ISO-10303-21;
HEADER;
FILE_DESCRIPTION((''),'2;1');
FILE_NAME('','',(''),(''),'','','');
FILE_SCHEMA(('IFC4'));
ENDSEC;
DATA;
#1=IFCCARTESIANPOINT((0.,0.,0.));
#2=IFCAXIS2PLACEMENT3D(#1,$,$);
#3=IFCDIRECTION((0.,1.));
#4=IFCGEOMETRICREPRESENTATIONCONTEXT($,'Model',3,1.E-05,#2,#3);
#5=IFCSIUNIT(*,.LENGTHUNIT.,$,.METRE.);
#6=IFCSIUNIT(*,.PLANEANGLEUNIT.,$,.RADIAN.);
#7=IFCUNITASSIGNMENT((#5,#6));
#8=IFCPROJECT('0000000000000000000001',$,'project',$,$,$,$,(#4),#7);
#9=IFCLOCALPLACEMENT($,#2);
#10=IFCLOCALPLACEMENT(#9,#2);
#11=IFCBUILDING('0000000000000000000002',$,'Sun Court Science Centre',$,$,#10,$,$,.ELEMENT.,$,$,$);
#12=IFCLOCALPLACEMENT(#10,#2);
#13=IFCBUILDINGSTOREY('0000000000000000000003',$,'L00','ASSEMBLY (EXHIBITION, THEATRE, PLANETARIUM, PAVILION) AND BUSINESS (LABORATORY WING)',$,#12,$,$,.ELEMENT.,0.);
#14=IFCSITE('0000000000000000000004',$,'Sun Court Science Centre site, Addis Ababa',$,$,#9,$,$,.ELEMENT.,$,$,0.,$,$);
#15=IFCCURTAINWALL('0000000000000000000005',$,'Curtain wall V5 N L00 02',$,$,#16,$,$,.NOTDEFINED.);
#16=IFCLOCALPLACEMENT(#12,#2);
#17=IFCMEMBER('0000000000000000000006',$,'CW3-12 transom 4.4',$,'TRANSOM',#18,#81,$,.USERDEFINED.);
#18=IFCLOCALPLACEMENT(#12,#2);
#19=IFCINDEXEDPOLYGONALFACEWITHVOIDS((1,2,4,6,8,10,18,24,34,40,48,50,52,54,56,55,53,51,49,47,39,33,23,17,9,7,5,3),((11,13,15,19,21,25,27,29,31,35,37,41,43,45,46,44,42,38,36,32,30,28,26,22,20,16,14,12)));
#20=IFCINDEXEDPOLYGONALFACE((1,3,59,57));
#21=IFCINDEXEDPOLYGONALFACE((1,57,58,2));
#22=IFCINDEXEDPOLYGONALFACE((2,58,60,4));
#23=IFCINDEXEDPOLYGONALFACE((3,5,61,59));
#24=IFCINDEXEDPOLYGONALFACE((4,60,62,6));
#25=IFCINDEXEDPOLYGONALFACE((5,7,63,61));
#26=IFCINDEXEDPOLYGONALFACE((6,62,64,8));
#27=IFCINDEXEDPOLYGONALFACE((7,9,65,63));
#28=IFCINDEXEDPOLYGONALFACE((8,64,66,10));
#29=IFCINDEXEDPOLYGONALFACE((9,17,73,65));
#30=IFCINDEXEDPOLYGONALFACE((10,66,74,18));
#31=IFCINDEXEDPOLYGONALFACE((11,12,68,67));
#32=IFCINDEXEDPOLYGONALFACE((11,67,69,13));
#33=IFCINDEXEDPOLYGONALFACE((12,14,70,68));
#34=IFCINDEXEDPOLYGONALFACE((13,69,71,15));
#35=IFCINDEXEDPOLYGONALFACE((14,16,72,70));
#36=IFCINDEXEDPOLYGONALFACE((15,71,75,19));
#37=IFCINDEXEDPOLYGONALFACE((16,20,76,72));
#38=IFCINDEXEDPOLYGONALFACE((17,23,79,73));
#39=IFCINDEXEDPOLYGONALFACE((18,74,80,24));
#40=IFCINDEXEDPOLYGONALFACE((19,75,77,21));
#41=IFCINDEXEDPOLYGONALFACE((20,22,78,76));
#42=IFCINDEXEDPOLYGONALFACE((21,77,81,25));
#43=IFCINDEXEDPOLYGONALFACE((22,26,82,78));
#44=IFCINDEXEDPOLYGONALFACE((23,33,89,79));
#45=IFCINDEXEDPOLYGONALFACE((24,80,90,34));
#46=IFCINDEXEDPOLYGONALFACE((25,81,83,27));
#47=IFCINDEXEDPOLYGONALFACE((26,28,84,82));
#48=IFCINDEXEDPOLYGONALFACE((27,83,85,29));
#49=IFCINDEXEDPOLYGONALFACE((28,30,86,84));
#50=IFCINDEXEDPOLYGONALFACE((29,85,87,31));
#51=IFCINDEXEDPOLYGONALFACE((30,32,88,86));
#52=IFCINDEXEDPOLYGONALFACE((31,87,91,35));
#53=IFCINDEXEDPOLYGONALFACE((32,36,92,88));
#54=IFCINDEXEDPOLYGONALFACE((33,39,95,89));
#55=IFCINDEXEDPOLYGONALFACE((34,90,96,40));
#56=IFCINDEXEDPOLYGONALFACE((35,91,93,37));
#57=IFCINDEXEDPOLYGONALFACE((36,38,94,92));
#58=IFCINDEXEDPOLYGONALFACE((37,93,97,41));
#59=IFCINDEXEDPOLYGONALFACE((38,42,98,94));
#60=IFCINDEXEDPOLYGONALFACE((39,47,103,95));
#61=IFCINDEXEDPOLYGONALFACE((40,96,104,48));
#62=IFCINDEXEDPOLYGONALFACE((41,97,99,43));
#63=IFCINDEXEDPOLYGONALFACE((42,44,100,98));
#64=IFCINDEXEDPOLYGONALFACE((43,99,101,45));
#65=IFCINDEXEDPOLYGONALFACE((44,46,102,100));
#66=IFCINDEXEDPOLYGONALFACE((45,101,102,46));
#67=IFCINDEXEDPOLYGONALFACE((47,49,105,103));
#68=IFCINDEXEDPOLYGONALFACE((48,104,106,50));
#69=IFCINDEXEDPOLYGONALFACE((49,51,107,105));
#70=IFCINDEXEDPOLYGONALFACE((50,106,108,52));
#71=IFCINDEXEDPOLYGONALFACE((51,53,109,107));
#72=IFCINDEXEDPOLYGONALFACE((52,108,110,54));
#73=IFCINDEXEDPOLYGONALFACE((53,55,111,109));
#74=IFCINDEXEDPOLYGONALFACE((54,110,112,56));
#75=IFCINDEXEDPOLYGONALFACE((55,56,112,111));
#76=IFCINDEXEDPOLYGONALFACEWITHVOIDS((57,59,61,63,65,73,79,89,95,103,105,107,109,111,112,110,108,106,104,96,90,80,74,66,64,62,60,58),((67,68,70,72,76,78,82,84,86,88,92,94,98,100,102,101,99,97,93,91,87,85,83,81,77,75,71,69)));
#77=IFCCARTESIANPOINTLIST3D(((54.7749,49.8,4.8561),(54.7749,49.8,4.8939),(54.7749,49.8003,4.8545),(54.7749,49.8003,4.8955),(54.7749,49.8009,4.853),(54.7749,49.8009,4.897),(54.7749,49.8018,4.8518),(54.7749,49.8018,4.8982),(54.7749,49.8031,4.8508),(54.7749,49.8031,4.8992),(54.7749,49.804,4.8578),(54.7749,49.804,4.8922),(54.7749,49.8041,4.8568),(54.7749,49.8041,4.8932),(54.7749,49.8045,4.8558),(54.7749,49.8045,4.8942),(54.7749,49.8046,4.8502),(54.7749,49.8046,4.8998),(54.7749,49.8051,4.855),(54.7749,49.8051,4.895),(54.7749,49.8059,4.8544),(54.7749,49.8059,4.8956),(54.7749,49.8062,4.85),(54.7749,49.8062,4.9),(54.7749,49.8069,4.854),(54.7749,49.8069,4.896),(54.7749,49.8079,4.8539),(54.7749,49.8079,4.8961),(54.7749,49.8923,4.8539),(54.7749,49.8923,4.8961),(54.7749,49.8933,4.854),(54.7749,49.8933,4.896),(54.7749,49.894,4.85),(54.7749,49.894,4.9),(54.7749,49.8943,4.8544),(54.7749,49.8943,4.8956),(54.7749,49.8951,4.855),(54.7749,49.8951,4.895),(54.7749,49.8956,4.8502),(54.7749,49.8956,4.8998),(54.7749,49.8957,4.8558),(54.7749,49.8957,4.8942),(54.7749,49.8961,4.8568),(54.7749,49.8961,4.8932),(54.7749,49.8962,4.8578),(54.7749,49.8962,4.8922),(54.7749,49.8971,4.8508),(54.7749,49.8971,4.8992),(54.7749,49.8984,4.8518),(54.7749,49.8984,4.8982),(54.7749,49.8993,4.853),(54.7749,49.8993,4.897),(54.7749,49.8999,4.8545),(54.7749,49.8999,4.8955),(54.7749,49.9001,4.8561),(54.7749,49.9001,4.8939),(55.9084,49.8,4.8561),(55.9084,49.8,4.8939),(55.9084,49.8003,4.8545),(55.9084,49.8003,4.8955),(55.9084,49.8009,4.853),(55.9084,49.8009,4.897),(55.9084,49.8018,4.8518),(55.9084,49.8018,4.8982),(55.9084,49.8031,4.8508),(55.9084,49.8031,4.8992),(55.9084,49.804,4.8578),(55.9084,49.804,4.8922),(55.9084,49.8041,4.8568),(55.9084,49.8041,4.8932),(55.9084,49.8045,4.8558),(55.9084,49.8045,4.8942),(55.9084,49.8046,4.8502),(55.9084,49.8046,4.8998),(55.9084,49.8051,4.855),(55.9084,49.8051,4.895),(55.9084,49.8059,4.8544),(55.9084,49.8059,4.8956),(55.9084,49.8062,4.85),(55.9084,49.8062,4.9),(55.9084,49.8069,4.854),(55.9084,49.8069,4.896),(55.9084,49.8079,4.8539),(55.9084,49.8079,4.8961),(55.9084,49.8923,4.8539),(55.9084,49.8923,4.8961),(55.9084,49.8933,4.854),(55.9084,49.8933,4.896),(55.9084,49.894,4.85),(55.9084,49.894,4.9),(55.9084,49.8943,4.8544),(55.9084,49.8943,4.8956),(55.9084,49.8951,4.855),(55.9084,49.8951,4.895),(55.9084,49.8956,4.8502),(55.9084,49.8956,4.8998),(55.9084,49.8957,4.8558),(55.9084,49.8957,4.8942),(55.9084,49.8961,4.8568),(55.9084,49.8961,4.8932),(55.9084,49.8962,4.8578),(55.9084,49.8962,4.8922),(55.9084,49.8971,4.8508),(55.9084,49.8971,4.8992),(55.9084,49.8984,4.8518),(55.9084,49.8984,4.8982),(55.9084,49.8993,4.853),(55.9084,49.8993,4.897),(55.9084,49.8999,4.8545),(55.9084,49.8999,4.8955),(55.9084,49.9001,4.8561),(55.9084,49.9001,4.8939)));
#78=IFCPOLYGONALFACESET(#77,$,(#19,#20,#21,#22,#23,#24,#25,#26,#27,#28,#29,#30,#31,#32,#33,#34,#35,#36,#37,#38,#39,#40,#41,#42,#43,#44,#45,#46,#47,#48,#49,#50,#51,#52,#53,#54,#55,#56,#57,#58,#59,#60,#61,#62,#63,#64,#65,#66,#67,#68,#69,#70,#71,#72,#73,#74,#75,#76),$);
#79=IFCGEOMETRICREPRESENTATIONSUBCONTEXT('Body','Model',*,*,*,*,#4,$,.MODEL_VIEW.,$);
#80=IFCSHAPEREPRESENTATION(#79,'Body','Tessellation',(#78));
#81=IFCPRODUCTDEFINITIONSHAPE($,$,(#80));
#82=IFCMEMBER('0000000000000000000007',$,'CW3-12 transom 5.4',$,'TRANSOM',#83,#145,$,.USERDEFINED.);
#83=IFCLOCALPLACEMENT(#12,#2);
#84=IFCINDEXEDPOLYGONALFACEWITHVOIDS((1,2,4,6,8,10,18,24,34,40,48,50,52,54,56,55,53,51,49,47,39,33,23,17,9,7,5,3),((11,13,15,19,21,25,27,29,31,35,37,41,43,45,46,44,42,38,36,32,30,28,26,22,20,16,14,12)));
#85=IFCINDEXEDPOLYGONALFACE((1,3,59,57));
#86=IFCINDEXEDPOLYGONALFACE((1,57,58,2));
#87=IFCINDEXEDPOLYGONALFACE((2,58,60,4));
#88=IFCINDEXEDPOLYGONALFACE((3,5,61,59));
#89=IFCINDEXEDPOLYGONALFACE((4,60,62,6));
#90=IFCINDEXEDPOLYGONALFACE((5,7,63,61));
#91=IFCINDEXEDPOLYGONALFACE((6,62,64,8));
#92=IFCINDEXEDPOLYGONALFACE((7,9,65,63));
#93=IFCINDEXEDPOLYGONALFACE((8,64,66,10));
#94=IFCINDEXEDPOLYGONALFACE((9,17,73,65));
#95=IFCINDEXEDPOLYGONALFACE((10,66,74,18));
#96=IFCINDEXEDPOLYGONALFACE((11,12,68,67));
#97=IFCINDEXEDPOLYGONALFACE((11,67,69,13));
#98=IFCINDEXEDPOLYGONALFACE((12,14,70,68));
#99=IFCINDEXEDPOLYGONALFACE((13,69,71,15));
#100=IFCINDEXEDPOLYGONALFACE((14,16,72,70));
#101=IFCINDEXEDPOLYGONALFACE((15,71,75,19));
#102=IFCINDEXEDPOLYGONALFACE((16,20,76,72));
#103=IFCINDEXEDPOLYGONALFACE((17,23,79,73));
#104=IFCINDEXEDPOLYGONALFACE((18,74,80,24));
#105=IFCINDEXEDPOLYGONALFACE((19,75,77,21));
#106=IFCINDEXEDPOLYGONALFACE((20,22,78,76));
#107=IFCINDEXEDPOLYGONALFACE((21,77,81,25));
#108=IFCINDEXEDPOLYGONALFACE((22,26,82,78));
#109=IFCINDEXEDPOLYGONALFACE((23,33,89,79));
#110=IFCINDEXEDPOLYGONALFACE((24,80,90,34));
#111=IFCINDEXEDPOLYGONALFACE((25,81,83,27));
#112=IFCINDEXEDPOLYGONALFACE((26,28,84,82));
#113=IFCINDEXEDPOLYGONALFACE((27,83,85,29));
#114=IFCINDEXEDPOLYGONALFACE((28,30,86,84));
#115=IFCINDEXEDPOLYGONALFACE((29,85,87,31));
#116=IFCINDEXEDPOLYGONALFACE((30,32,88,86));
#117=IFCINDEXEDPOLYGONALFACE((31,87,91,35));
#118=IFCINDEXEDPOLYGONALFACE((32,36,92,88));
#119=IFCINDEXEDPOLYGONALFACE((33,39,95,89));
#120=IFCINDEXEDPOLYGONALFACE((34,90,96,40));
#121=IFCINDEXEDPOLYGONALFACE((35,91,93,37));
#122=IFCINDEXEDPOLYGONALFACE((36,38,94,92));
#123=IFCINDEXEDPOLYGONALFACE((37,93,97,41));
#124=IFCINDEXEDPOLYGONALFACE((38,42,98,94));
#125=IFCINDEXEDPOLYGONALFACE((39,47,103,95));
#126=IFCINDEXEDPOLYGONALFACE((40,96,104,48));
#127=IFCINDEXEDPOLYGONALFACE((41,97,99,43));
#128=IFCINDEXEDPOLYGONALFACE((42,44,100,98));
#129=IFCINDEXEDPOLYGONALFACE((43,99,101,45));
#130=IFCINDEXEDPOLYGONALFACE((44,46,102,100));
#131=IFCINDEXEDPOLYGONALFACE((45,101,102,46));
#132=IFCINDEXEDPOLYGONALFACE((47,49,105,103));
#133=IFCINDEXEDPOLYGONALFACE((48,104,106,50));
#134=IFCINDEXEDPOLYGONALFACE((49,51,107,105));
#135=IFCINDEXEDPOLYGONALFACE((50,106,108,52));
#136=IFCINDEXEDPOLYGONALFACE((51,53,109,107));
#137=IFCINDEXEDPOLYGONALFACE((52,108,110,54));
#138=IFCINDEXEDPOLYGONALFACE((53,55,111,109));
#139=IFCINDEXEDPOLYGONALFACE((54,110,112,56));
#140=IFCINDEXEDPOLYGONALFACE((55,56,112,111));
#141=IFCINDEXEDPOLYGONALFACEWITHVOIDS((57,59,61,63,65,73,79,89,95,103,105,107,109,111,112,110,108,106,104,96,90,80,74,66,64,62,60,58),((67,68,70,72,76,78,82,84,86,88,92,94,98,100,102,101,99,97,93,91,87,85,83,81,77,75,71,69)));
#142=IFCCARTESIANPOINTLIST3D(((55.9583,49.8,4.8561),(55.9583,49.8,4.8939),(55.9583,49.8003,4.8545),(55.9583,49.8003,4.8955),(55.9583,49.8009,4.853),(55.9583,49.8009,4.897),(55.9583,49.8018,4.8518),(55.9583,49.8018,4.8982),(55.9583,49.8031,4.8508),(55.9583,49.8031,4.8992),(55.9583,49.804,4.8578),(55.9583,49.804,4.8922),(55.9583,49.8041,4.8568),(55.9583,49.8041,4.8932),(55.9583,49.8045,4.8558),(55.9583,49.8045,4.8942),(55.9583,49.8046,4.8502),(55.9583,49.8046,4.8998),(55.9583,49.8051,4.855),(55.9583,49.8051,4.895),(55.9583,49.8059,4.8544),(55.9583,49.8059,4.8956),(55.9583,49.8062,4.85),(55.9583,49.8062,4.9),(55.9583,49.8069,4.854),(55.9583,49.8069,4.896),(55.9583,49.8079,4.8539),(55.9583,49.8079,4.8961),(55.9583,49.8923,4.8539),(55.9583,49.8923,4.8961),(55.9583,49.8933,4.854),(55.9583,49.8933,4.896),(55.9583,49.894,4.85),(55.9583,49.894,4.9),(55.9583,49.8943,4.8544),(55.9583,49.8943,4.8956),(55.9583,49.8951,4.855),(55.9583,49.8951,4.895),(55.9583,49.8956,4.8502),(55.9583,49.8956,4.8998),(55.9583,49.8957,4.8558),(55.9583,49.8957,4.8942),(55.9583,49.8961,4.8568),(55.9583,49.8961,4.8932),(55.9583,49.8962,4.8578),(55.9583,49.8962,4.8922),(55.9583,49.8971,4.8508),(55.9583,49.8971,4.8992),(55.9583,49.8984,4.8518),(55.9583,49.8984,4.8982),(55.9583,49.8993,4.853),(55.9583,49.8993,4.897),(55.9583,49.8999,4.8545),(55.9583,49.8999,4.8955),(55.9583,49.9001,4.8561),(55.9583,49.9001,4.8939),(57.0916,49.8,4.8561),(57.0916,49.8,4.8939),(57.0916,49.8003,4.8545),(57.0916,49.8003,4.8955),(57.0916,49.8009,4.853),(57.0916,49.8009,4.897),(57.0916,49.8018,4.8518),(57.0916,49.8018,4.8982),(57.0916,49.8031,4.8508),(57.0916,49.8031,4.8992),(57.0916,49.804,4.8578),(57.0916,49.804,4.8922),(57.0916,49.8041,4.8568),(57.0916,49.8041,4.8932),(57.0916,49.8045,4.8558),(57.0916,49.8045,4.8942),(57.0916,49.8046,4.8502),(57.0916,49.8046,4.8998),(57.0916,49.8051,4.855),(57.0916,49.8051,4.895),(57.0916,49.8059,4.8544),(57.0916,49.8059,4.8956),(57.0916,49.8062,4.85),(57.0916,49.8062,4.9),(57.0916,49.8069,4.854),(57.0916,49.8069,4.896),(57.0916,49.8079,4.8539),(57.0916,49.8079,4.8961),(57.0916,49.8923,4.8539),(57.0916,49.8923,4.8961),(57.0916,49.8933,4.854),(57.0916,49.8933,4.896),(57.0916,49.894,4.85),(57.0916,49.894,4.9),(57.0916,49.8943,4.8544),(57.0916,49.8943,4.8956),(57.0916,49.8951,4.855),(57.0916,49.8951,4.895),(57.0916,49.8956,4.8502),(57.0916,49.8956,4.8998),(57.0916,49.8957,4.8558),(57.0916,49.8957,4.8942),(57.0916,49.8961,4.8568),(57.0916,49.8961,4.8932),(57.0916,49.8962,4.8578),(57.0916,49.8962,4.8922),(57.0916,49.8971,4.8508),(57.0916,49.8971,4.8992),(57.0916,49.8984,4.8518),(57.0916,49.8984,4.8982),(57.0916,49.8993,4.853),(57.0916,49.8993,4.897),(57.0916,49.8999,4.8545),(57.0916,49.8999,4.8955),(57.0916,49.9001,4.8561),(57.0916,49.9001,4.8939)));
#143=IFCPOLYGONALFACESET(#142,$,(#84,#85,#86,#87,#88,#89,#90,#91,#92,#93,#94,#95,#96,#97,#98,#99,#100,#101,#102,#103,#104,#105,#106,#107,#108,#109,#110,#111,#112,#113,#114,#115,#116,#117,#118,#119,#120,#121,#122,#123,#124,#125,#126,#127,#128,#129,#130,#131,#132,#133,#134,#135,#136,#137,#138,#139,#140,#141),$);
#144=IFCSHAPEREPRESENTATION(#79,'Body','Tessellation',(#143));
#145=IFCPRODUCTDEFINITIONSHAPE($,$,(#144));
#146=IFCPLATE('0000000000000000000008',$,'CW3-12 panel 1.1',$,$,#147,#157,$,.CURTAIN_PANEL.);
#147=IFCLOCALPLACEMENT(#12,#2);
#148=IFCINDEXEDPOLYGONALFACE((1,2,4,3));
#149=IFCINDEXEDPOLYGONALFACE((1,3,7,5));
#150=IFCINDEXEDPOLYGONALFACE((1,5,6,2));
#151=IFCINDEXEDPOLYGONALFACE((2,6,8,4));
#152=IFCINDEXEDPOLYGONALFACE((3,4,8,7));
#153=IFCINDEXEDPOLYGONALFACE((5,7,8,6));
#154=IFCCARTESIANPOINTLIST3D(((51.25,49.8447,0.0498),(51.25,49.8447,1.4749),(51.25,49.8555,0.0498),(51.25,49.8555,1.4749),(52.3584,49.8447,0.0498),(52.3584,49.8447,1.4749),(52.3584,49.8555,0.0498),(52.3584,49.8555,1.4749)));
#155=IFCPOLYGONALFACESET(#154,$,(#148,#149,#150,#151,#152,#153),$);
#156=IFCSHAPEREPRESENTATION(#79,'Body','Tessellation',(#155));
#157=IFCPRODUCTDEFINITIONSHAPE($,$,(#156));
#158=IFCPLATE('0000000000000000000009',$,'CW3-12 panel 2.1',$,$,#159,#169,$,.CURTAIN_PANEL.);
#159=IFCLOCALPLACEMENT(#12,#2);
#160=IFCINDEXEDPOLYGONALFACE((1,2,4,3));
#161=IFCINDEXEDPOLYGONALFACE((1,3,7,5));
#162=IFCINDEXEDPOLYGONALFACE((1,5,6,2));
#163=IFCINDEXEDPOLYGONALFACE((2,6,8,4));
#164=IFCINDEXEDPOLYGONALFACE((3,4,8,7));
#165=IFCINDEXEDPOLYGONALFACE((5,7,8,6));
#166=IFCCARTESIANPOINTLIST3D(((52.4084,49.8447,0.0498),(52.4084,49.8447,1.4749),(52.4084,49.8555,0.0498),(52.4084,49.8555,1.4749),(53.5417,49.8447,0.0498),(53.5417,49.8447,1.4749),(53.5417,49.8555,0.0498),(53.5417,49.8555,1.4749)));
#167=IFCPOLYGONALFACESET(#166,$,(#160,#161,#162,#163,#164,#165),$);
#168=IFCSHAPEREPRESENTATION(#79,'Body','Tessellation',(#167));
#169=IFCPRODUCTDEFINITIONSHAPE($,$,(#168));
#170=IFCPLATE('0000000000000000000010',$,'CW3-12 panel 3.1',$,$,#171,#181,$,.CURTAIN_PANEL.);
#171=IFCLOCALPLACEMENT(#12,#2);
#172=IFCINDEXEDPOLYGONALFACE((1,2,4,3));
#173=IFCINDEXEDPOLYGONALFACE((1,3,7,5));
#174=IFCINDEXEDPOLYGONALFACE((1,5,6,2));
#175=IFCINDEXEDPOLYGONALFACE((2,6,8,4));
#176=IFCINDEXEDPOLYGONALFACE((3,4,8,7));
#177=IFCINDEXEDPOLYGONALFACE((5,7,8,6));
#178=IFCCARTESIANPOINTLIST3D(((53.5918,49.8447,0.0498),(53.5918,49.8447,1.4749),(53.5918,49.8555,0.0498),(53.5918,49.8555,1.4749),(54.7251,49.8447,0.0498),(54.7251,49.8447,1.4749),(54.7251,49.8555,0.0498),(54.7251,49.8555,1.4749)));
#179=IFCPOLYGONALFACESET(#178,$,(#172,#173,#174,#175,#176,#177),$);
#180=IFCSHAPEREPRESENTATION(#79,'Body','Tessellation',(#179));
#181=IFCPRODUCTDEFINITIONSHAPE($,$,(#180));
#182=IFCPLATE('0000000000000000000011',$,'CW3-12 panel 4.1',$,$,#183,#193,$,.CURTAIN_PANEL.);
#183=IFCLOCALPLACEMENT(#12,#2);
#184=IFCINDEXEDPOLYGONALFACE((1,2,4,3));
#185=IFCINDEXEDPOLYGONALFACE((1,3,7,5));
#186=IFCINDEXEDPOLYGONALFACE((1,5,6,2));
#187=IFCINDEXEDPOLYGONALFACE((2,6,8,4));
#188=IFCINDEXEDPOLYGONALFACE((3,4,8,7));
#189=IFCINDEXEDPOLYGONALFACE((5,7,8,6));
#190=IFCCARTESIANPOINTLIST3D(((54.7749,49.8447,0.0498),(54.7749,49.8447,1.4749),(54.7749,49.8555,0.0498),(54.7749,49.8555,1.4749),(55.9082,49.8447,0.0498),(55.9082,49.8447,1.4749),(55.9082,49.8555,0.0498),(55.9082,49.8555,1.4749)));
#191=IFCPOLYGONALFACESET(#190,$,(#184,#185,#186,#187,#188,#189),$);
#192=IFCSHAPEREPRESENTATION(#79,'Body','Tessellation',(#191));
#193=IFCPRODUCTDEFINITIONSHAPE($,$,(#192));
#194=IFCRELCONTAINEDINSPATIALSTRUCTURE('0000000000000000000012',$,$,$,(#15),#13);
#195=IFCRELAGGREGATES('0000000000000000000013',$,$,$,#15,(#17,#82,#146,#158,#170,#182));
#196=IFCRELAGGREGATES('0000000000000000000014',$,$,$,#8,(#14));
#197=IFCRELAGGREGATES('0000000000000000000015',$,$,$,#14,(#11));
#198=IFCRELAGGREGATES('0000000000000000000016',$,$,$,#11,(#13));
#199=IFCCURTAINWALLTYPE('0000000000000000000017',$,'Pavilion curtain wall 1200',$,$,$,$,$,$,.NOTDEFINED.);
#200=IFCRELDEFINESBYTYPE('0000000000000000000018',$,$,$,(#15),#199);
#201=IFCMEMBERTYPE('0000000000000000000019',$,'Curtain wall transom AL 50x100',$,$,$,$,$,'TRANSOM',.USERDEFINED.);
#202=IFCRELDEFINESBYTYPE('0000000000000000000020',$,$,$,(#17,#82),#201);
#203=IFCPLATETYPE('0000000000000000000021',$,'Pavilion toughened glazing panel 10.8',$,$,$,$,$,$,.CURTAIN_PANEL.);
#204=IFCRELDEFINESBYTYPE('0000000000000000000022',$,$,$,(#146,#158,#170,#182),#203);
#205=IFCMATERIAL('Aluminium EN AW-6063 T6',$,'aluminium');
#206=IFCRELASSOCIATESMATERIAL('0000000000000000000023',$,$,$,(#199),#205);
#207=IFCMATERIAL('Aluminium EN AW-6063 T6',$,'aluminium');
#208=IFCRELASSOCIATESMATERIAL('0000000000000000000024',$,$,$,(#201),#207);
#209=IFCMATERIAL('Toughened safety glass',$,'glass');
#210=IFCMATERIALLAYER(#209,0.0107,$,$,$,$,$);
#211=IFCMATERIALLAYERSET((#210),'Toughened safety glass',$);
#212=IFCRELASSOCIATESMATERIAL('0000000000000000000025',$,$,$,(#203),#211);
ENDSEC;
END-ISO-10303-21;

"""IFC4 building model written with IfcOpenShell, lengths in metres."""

from ifc_helpers import new_model, si_unit, direction, frame, origin, origin_2d, place, context, subcontext, project, spatial, rectangle, hollow_rectangle, extrude, material, layer, layer_set, material_profile, profile_set, type_object, element, aggregate, save


model = new_model("IFC4")

# Units and contexts
model_context = context("Model", 3, precision=1e-05, world=origin(), true_north=direction((0.0, 1.0)))
body_context = subcontext(model_context, "Body", "Model", "MODEL_VIEW")
ifc_project = project(units=[si_unit("LENGTHUNIT", "METRE"), si_unit("PLANEANGLEUNIT", "RADIAN")], contexts=[model_context])

# Site, building, storey
site_placement = place(None, origin())
site = spatial("IfcSite", under=ifc_project, at=site_placement, Name="Sun Court Science Centre site, Addis Ababa", CompositionType="ELEMENT", RefElevation=0.0)
building_placement = place(site_placement, origin())
building = spatial("IfcBuilding", under=site, at=building_placement, Name="Sun Court Science Centre", CompositionType="ELEMENT")
storey_placement = place(building_placement, origin())
storey = spatial("IfcBuildingStorey", under=building, at=storey_placement, Name="L00", Description="ASSEMBLY (EXHIBITION, THEATRE, PLANETARIUM, PAVILION) AND BUSINESS (LABORATORY WING)", CompositionType="ELEMENT", Elevation=0.0)

# Curtain wall, members, plates
ifc_material_1 = material(Name="Aluminium EN AW-6063 T6", Category="aluminium")
curtain_wall_type = type_object("IfcCurtainWallType", Name="Pavilion curtain wall 1200", PredefinedType="NOTDEFINED", material=ifc_material_1)
curtain_wall_placement = place(storey_placement, origin())
curtain_wall = element("IfcCurtainWall", 1, at=curtain_wall_placement, inside=storey, type_object=curtain_wall_type, Name="Curtain wall V5 N L00 02", PredefinedType="NOTDEFINED")
ifc_material_2 = material(Name="Aluminium EN AW-6063 T6", Category="aluminium")
ifc_material_profile_1 = material_profile(ifc_material_2, hollow_rectangle(XDim=0.05, YDim=0.1001, WallThickness=0.0039, InnerFilletRadius=0.0039, OuterFilletRadius=0.0061, at=origin_2d()), Name="AL 50x100x4")
ifc_profile_set_1 = profile_set([ifc_material_profile_1], Name="Aluminium EN AW-6063 T6")
member_type_1 = type_object("IfcMemberType", Name="Curtain wall transom AL 50x100", ElementType="TRANSOM", PredefinedType="USERDEFINED", material=ifc_profile_set_1)
member_1_placement = place(storey_placement, frame((54.7749, 49.8501, 4.875), z_axis=(1.0, 0.0, 0.0), x_axis=(0.0, 0.0, 1.0)))
member_1 = element("IfcMember", 2, at=member_1_placement, type_object=member_type_1, Name="CW3-12 transom 4.4", ObjectType="TRANSOM", PredefinedType="USERDEFINED", context=body_context, shape_type="SweptSolid", body=[
    extrude(hollow_rectangle(XDim=0.05, YDim=0.1001, WallThickness=0.0039, InnerFilletRadius=0.0039, OuterFilletRadius=0.0061, at=origin_2d()), origin(), (0.0, 0.0, 1.0), 1.1335),
])
member_2_placement = place(storey_placement, frame((55.9583, 49.8501, 4.875), z_axis=(1.0, 0.0, 0.0), x_axis=(0.0, 0.0, 1.0)))
member_2 = element("IfcMember", 3, at=member_2_placement, type_object=member_type_1, Name="CW3-12 transom 5.4", ObjectType="TRANSOM", PredefinedType="USERDEFINED", context=body_context, shape_type="SweptSolid", body=[
    extrude(hollow_rectangle(XDim=0.05, YDim=0.1001, WallThickness=0.0039, InnerFilletRadius=0.0039, OuterFilletRadius=0.0061, at=origin_2d()), origin(), (0.0, 0.0, 1.0), 1.1333),
])
ifc_material_3 = material(Name="Toughened safety glass", Category="glass")
ifc_layer = layer(ifc_material_3, 0.0107)
ifc_layer_set = layer_set([ifc_layer], Name="Toughened safety glass")
plate_type = type_object("IfcPlateType", Name="Pavilion toughened glazing panel 10.8", PredefinedType="CURTAIN_PANEL", material=ifc_layer_set)
plate_1_placement = place(storey_placement, frame((51.8042, 49.8501, 0.0498), z_axis=(0.0, 0.0, 1.0), x_axis=(1.0, 0.0, 0.0)))
plate_1 = element("IfcPlate", 4, at=plate_1_placement, type_object=plate_type, Name="CW3-12 panel 1.1", PredefinedType="CURTAIN_PANEL", context=body_context, shape_type="SweptSolid", body=[
    extrude(rectangle(XDim=1.1084, YDim=0.0107, at=origin_2d()), origin(), (0.0, 0.0, 1.0), 1.425),
])
plate_2_placement = place(storey_placement, frame((52.9751, 49.8501, 0.0498), z_axis=(0.0, 0.0, 1.0), x_axis=(1.0, 0.0, 0.0)))
plate_2 = element("IfcPlate", 5, at=plate_2_placement, type_object=plate_type, Name="CW3-12 panel 2.1", PredefinedType="CURTAIN_PANEL", context=body_context, shape_type="SweptSolid", body=[
    extrude(rectangle(XDim=1.1333, YDim=0.0107, at=origin_2d()), origin(), (0.0, 0.0, 1.0), 1.425),
])
plate_3_placement = place(storey_placement, frame((54.1584, 49.8501, 0.0498), z_axis=(0.0, 0.0, 1.0), x_axis=(1.0, 0.0, 0.0)))
plate_3 = element("IfcPlate", 6, at=plate_3_placement, type_object=plate_type, Name="CW3-12 panel 3.1", PredefinedType="CURTAIN_PANEL", context=body_context, shape_type="SweptSolid", body=[
    extrude(rectangle(XDim=1.1333, YDim=0.0107, at=origin_2d()), origin(), (0.0, 0.0, 1.0), 1.425),
])
plate_4_placement = place(storey_placement, frame((55.3416, 49.8501, 0.0498), z_axis=(0.0, 0.0, 1.0), x_axis=(1.0, 0.0, 0.0)))
plate_4 = element("IfcPlate", 7, at=plate_4_placement, type_object=plate_type, Name="CW3-12 panel 4.1", PredefinedType="CURTAIN_PANEL", context=body_context, shape_type="SweptSolid", body=[
    extrude(rectangle(XDim=1.1333, YDim=0.0107, at=origin_2d()), origin(), (0.0, 0.0, 1.0), 1.425),
])
aggregate(curtain_wall, [member_1, member_2, plate_1, plate_2, plate_3, plate_4])

save(model, "model.ifc")
